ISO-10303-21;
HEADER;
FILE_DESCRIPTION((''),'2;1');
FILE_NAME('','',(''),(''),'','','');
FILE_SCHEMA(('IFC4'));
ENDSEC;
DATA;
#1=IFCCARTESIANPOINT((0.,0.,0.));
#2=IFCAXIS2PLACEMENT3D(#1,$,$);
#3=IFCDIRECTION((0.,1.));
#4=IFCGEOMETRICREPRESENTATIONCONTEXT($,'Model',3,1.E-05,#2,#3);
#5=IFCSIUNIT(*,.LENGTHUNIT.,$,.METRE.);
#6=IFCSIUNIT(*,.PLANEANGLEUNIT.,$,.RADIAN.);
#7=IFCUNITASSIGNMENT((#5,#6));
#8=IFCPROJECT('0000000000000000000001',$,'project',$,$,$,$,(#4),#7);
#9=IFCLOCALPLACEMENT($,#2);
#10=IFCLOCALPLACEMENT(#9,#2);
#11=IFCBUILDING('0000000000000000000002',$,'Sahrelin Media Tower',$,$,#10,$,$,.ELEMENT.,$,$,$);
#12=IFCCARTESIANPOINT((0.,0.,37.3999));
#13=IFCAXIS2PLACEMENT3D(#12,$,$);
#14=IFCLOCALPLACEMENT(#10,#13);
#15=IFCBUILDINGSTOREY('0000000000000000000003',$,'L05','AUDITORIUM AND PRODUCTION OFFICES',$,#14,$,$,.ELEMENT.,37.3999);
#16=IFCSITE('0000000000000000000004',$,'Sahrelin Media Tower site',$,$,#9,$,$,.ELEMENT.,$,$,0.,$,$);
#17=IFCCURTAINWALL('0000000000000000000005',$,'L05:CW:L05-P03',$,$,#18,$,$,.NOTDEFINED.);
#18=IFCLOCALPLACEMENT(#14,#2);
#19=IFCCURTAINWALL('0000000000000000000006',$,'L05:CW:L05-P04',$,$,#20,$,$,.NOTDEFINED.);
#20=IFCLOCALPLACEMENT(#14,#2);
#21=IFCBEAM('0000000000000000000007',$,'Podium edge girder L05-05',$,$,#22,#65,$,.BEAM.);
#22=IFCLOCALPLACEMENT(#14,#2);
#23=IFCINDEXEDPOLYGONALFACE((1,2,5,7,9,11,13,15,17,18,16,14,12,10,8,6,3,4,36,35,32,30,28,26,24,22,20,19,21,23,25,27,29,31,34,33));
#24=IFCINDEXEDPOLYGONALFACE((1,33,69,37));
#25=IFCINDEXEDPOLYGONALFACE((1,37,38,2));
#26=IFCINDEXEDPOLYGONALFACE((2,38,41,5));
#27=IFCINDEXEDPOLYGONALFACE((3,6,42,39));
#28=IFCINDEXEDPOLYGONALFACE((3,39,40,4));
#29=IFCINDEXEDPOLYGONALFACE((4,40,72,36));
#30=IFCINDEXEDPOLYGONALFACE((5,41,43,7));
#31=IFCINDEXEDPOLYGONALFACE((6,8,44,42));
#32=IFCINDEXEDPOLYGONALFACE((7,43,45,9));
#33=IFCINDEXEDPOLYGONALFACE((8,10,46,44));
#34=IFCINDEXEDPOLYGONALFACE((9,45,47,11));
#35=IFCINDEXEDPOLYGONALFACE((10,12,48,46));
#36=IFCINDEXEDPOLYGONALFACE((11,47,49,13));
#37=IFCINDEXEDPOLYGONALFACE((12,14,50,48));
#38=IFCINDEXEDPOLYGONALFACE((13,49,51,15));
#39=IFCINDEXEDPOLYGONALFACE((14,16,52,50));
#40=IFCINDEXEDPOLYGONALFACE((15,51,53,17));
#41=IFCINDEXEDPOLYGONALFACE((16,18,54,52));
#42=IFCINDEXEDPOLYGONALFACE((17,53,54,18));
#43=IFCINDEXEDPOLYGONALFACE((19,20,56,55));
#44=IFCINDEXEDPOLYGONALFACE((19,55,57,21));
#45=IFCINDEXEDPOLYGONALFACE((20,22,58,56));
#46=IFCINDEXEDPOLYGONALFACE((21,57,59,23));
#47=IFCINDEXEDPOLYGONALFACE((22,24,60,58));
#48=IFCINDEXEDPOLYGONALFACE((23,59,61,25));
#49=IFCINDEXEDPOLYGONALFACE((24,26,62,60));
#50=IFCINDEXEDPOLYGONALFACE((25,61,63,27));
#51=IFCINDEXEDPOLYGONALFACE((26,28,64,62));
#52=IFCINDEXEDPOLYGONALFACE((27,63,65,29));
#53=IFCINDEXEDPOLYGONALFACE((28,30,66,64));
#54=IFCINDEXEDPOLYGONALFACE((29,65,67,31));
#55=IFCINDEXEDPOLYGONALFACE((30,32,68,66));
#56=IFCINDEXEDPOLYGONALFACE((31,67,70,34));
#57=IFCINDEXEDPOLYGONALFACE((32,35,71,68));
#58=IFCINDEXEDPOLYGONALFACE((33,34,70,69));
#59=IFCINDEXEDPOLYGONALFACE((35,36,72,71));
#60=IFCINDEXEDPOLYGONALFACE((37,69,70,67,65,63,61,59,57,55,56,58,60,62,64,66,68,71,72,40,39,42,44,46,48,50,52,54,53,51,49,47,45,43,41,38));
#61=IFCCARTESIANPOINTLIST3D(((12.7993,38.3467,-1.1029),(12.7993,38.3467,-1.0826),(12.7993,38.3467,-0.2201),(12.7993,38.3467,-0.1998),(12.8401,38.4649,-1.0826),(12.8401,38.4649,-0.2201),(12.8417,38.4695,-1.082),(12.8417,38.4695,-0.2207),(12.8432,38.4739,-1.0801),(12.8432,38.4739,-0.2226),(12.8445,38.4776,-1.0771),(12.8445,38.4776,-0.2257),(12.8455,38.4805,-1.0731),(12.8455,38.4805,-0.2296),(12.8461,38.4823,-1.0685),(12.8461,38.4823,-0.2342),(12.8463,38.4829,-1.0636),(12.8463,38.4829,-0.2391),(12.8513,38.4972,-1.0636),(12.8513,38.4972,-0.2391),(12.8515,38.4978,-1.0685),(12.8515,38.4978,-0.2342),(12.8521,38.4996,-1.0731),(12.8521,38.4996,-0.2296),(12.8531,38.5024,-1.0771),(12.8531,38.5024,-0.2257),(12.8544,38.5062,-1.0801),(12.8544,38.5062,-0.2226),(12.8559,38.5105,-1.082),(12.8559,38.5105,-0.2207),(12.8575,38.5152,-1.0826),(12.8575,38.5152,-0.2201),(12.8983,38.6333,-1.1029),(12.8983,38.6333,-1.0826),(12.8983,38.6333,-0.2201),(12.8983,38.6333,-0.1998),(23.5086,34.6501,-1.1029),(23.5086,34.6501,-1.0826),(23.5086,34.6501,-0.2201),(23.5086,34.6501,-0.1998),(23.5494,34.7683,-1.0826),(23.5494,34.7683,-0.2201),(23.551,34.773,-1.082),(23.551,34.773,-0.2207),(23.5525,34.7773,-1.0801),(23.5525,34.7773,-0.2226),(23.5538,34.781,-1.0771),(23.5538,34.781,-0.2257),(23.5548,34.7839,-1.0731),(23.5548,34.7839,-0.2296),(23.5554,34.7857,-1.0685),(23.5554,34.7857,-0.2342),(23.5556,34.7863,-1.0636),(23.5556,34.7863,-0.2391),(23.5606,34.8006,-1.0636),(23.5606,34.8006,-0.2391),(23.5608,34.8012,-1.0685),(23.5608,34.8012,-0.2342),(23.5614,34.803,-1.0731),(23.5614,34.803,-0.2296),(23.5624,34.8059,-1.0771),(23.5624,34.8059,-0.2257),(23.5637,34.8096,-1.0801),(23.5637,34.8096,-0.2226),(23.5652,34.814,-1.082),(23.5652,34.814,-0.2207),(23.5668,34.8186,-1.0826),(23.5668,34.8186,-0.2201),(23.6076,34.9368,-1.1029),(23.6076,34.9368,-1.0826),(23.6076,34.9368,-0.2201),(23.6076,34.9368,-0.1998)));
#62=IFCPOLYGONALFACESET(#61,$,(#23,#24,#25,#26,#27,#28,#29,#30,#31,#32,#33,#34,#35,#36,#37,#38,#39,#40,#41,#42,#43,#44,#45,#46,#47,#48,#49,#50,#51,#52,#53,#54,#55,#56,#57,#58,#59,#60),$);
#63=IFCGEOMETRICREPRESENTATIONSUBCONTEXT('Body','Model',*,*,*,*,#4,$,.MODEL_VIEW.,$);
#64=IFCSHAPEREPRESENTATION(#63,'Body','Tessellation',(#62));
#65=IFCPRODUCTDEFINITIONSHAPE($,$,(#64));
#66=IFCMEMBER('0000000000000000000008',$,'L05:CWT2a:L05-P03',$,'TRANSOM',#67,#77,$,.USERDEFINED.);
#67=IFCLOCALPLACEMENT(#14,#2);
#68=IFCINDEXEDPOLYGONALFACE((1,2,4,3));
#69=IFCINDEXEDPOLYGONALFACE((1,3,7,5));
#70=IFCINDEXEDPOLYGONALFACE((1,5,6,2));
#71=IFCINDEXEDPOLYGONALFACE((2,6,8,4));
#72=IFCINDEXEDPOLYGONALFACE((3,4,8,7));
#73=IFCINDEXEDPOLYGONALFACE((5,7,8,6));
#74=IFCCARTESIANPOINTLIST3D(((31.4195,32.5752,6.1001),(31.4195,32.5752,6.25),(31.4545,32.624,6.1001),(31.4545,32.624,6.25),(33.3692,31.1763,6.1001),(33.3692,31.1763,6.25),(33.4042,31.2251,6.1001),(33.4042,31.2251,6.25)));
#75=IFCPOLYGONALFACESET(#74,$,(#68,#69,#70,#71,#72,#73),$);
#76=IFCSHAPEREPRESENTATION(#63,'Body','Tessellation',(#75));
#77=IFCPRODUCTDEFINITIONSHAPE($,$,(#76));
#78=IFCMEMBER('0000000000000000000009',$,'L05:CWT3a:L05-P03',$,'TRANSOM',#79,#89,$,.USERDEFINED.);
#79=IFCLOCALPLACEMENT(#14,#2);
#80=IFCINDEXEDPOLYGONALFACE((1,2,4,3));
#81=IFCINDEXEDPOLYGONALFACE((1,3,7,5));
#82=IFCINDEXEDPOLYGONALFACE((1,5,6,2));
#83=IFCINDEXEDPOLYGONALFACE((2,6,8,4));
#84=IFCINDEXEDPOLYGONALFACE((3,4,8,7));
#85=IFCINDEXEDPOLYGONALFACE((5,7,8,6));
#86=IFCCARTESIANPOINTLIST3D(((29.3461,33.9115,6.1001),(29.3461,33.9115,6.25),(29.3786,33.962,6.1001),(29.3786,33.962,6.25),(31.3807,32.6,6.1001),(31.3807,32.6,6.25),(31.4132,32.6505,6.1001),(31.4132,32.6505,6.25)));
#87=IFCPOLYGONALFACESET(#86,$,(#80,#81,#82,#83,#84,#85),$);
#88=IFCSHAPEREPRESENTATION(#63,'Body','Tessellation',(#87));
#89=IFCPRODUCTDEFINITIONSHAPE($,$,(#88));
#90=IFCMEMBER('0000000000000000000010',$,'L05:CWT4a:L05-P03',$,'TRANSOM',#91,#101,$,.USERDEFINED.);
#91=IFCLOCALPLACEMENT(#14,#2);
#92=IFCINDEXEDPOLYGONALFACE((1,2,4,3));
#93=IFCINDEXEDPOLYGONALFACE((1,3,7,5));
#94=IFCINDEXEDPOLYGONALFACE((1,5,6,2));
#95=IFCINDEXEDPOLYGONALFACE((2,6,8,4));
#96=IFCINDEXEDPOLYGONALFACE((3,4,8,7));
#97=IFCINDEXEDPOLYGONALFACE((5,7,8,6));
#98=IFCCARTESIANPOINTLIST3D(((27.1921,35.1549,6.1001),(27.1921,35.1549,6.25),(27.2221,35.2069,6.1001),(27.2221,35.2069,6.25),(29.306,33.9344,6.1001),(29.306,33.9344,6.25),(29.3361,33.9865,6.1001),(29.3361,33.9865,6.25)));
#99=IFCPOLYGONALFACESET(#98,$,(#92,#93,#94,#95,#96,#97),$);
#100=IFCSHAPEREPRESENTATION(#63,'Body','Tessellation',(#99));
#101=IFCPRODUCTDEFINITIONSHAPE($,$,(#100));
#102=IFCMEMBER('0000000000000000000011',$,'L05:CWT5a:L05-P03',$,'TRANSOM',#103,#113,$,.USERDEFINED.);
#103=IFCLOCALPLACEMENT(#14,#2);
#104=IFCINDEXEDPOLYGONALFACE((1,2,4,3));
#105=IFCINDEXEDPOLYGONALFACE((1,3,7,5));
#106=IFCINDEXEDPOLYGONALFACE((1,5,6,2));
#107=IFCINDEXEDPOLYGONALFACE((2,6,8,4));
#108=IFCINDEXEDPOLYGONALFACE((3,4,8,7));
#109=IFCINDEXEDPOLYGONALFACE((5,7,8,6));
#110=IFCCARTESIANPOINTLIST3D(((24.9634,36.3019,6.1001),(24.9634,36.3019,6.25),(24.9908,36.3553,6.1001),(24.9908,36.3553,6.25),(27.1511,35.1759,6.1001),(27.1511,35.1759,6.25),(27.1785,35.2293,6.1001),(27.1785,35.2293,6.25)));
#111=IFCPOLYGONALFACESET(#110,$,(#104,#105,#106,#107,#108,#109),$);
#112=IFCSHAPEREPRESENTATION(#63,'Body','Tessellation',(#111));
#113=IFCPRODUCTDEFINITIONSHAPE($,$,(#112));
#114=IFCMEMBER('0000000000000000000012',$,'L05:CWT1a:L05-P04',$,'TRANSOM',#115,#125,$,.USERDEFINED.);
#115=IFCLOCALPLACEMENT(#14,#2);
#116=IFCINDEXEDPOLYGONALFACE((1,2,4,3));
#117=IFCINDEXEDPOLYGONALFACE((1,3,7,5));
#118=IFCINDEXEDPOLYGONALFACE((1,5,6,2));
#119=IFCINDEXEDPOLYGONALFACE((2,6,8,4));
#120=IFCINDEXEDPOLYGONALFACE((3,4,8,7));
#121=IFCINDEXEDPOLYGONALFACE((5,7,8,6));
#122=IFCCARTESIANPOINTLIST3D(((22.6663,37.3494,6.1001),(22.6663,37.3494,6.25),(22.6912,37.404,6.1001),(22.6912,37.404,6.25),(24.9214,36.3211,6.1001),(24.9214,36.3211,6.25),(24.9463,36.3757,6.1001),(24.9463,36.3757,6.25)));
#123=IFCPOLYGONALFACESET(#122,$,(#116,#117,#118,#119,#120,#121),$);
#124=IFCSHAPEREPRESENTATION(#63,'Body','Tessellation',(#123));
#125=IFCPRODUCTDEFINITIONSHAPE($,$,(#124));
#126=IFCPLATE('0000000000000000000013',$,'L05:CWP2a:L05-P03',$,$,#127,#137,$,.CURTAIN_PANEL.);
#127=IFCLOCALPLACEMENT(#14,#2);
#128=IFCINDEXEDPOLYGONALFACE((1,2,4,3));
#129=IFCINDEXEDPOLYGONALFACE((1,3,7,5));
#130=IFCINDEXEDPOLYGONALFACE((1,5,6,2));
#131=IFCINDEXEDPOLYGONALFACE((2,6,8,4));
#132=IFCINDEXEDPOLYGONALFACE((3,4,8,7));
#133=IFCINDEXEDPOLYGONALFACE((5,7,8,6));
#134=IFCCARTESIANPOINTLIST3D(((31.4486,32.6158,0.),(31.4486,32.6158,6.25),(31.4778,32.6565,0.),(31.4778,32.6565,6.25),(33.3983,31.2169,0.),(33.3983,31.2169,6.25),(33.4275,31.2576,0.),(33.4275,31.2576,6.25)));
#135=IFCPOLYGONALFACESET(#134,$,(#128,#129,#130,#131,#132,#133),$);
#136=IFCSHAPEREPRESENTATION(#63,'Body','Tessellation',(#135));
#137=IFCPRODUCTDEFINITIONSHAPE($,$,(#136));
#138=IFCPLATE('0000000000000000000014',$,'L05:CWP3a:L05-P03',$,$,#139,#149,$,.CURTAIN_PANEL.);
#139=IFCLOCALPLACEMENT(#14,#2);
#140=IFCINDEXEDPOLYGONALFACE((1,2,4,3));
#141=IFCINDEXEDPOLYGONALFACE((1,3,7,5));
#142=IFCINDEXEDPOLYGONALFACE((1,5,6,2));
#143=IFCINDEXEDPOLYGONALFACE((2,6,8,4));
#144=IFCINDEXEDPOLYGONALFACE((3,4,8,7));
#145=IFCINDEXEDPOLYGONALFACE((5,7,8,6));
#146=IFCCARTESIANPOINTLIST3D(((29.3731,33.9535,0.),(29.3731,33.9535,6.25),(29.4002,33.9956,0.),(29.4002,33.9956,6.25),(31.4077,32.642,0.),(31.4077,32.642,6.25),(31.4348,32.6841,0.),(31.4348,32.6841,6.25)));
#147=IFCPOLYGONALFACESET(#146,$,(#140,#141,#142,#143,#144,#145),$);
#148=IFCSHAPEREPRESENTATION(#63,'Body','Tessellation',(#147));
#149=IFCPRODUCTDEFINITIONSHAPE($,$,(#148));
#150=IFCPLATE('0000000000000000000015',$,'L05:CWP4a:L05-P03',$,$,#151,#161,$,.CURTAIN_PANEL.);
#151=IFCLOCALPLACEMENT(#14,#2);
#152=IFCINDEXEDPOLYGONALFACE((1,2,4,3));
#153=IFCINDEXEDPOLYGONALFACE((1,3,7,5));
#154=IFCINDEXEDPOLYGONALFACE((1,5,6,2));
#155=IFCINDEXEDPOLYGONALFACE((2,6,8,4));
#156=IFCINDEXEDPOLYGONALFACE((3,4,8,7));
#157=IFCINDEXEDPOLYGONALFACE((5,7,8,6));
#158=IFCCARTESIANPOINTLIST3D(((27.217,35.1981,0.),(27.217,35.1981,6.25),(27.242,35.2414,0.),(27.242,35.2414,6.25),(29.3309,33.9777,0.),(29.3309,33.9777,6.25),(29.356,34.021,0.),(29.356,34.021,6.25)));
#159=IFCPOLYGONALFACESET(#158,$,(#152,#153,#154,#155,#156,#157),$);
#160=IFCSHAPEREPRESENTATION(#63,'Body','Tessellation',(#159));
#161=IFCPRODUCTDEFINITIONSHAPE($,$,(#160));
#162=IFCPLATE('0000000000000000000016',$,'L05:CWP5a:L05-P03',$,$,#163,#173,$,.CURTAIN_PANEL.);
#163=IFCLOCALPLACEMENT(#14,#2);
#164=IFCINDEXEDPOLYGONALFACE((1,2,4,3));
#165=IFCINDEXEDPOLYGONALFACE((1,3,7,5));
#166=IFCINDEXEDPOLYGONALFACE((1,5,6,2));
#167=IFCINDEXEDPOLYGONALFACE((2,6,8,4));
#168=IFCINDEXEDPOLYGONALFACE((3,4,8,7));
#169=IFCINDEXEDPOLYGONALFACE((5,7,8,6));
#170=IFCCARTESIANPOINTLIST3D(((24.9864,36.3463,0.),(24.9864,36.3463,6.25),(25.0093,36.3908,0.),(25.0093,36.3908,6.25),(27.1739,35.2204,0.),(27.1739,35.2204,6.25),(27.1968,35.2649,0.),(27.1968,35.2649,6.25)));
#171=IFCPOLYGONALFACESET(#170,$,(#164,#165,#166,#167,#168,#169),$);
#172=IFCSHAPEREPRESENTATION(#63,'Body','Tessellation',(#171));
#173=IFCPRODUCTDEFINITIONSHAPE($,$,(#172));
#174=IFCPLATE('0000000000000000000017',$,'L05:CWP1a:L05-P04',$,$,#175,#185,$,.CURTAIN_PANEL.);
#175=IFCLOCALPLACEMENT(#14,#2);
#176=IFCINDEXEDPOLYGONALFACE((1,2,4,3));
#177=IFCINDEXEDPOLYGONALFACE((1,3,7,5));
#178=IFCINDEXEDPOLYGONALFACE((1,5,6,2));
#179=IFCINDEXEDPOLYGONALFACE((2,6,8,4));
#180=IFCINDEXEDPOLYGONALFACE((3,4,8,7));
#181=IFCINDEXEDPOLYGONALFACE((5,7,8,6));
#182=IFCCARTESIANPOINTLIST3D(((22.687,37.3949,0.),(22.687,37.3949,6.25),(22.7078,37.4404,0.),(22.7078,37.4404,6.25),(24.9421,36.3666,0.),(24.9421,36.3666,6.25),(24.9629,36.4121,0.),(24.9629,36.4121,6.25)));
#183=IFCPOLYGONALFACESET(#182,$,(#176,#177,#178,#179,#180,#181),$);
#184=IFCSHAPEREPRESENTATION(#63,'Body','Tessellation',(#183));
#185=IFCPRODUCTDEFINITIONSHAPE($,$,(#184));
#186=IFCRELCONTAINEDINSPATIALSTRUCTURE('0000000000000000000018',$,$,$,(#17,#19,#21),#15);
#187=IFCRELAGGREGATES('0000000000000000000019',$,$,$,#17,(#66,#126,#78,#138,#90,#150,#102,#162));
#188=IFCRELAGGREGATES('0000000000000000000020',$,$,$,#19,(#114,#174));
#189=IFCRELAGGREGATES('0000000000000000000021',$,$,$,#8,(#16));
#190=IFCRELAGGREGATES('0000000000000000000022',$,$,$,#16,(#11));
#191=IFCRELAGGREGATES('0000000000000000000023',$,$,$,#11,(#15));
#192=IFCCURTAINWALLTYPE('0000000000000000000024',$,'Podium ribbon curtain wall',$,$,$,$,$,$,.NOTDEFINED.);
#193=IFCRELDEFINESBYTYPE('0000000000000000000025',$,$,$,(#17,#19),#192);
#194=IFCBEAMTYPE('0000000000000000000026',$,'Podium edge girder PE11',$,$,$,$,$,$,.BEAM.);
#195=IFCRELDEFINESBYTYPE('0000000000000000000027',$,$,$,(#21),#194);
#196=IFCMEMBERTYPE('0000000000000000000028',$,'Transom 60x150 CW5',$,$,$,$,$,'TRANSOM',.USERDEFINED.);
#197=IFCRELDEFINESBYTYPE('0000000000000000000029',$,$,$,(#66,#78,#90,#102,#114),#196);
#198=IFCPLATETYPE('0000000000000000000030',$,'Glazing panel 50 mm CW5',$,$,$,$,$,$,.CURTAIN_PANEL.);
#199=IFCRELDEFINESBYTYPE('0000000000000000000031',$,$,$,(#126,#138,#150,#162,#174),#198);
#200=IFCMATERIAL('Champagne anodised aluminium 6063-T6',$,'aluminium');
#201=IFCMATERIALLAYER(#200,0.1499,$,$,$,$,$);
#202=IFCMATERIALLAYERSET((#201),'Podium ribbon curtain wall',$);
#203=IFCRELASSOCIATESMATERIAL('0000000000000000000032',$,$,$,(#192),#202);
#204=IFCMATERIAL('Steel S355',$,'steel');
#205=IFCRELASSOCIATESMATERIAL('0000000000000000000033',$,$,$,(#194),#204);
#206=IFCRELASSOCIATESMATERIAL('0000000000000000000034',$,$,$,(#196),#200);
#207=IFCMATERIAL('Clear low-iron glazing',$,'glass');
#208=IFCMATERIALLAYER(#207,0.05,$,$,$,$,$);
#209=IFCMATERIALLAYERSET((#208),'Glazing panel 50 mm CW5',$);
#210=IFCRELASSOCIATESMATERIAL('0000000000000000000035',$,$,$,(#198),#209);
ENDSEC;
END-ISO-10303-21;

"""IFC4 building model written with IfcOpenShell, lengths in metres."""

from ifc_helpers import new_model, si_unit, direction, frame, origin, origin_2d, place, context, subcontext, project, spatial, polyline, rectangle, i_section, outline, extrude, material, layer, layer_set, material_profile, profile_set, type_object, element, aggregate, save


model = new_model("IFC4")

# Units and contexts
model_context = context("Model", 3, precision=1e-05, world=origin(), true_north=direction((0.0, 1.0)))
body_context = subcontext(model_context, "Body", "Model", "MODEL_VIEW")
ifc_project = project(units=[si_unit("LENGTHUNIT", "METRE"), si_unit("PLANEANGLEUNIT", "RADIAN")], contexts=[model_context])

# Site, building, storey
site_placement = place(None, origin())
site = spatial("IfcSite", under=ifc_project, at=site_placement, Name="Sahrelin Media Tower site", CompositionType="ELEMENT", RefElevation=0.0)
building_placement = place(site_placement, origin())
building = spatial("IfcBuilding", under=site, at=building_placement, Name="Sahrelin Media Tower", CompositionType="ELEMENT")
storey_placement = place(building_placement, frame((0.0, 0.0, 37.3999)))
storey = spatial("IfcBuildingStorey", under=building, at=storey_placement, Name="L05", Description="AUDITORIUM AND PRODUCTION OFFICES", CompositionType="ELEMENT", Elevation=37.3999)

# Curtain walls
ifc_material_1 = material(Name="Champagne anodised aluminium 6063-T6", Category="aluminium")
ifc_layer_1 = layer(ifc_material_1, 0.1499)
ifc_layer_set_1 = layer_set([ifc_layer_1], Name="Podium ribbon curtain wall")
curtain_wall_type = type_object("IfcCurtainWallType", Name="Podium ribbon curtain wall", PredefinedType="NOTDEFINED", material=ifc_layer_set_1)
curtain_wall_1_placement = place(storey_placement, frame((35.3552, 29.6985, 0.0), z_axis=(0.0, 0.0, 1.0), x_axis=(1.0, 0.0, 0.0)))
curtain_wall_1 = element("IfcCurtainWall", 1, at=curtain_wall_1_placement, inside=storey, type_object=curtain_wall_type, Name="L05:CW:L05-P03", PredefinedType="NOTDEFINED")
curtain_wall_2_placement = place(storey_placement, frame((25.0, 36.373, 0.0), z_axis=(0.0, 0.0, 1.0), x_axis=(1.0, 0.0, 0.0)))
curtain_wall_2 = element("IfcCurtainWall", 2, at=curtain_wall_2_placement, inside=storey, type_object=curtain_wall_type, Name="L05:CW:L05-P04", PredefinedType="NOTDEFINED")

# Beam
ifc_material_2 = material(Name="Steel S355", Category="steel")
ifc_material_profile_1 = material_profile(ifc_material_2, i_section(OverallWidth=0.3032, OverallDepth=0.9031, WebThickness=0.0151, FlangeThickness=0.0203, FilletRadius=0.019, at=origin_2d()), Name="UB 914x305x201")
ifc_profile_set_1 = profile_set([ifc_material_profile_1], Name="Steel S355")
beam_type = type_object("IfcBeamType", Name="Podium edge girder PE11", PredefinedType="BEAM", material=ifc_profile_set_1)
beam_1_placement = place(storey_placement, frame((23.5581, 34.7935, -0.6514), z_axis=(-0.945272, 0.326282, 0.0), x_axis=(-0.326282, -0.945272, 0.0)))
element("IfcBeam", 3, at=beam_1_placement, inside=storey, type_object=beam_type, Name="Podium edge girder L05-05", PredefinedType="BEAM", context=body_context, shape_type="SweptSolid", body=[
    extrude(i_section(OverallWidth=0.3032, OverallDepth=0.9031, WebThickness=0.0151, FlangeThickness=0.0203, FilletRadius=0.019, at=origin_2d()), origin(), (0.0, 0.0, 1.0), 11.3293),
])

# Members
ifc_material_profile_2 = material_profile(ifc_material_1, rectangle(XDim=0.0601, YDim=0.1499, at=origin_2d()), Name="Transom 60x150")
ifc_profile_set_2 = profile_set([ifc_material_profile_2], Name="Champagne anodised aluminium 6063-T6")
member_type_1 = type_object("IfcMemberType", Name="Transom 60x150 CW5", ElementType="TRANSOM", PredefinedType="USERDEFINED", material=ifc_profile_set_2)
member_1_placement = place(storey_placement, frame((33.3867, 31.2007, 6.175), z_axis=(-0.812494, 0.582969, 0.0), x_axis=(-0.582969, -0.812494, 0.0)))
member_1 = element("IfcMember", 4, at=member_1_placement, type_object=member_type_1, Name="L05:CWT2a:L05-P03", ObjectType="TRANSOM", PredefinedType="USERDEFINED", context=body_context, shape_type="SweptSolid", body=[
    extrude(rectangle(XDim=0.0601, YDim=0.1499, at=origin_2d()), origin(), (0.0, 0.0, 1.0), 2.3997),
])
member_2_placement = place(storey_placement, frame((31.397, 32.6252, 6.175), z_axis=(-0.840516, 0.541787, 0.0), x_axis=(-0.541787, -0.840516, 0.0)))
member_2 = element("IfcMember", 5, at=member_2_placement, type_object=member_type_1, Name="L05:CWT3a:L05-P03", ObjectType="TRANSOM", PredefinedType="USERDEFINED", context=body_context, shape_type="SweptSolid", body=[
    extrude(rectangle(XDim=0.0601, YDim=0.1499, at=origin_2d()), origin(), (0.0, 0.0, 1.0), 2.4207),
])
member_3_placement = place(storey_placement, frame((29.321, 33.9604, 6.175), z_axis=(-0.866037, 0.499979, 0.0), x_axis=(-0.499979, -0.866037, 0.0)))
member_3 = element("IfcMember", 6, at=member_3_placement, type_object=member_type_1, Name="L05:CWT4a:L05-P03", ObjectType="TRANSOM", PredefinedType="USERDEFINED", context=body_context, shape_type="SweptSolid", body=[
    extrude(rectangle(XDim=0.0601, YDim=0.1499, at=origin_2d()), origin(), (0.0, 0.0, 1.0), 2.4409),
])
member_4_placement = place(storey_placement, frame((27.1648, 35.2026, 6.175), z_axis=(-0.889147, 0.457622, 0.0), x_axis=(-0.457622, -0.889147, 0.0)))
member_4 = element("IfcMember", 7, at=member_4_placement, type_object=member_type_1, Name="L05:CWT5a:L05-P03", ObjectType="TRANSOM", PredefinedType="USERDEFINED", context=body_context, shape_type="SweptSolid", body=[
    extrude(rectangle(XDim=0.0601, YDim=0.1499, at=origin_2d()), origin(), (0.0, 0.0, 1.0), 2.4604),
])
member_5_placement = place(storey_placement, frame((24.9338, 36.3484, 6.175), z_axis=(-0.90987, 0.414894, 0.0), x_axis=(-0.414894, -0.90987, 0.0)))
member_5 = element("IfcMember", 8, at=member_5_placement, type_object=member_type_1, Name="L05:CWT1a:L05-P04", ObjectType="TRANSOM", PredefinedType="USERDEFINED", context=body_context, shape_type="SweptSolid", body=[
    extrude(rectangle(XDim=0.0601, YDim=0.1499, at=origin_2d()), origin(), (0.0, 0.0, 1.0), 2.4785),
])

# Plates
ifc_material_3 = material(Name="Clear low-iron glazing", Category="glass")
ifc_layer_2 = layer(ifc_material_3, 0.05)
ifc_layer_set_2 = layer_set([ifc_layer_2], Name="Glazing panel 50 mm CW5")
plate_type = type_object("IfcPlateType", Name="Glazing panel 50 mm CW5", PredefinedType="CURTAIN_PANEL", material=ifc_layer_set_2)
plate_1_placement = place(storey_placement, frame((33.4275, 31.2576, 0.0), z_axis=(0.582969, 0.812494, 0.0), x_axis=(-0.812494, 0.582969, 0.0)))
plate_1 = element("IfcPlate", 9, at=plate_1_placement, type_object=plate_type, Name="L05:CWP2a:L05-P03", PredefinedType="CURTAIN_PANEL", context=body_context, shape_type="SweptSolid", body=[
    extrude(outline(polyline([(0.0, 0.0), (2.3997, 0.0), (2.3997, 6.25), (0.0, 6.25), (0.0, 0.0)])), origin(), (0.0, 0.0, -1.0), 0.05),
])
plate_2_placement = place(storey_placement, frame((31.4348, 32.6841, 0.0), z_axis=(0.541787, 0.840516, 0.0), x_axis=(-0.840516, 0.541787, 0.0)))
plate_2 = element("IfcPlate", 10, at=plate_2_placement, type_object=plate_type, Name="L05:CWP3a:L05-P03", PredefinedType="CURTAIN_PANEL", context=body_context, shape_type="SweptSolid", body=[
    extrude(outline(polyline([(0.0, 0.0), (2.4207, 0.0), (2.4207, 6.25), (0.0, 6.25), (0.0, 0.0)])), origin(), (0.0, 0.0, -1.0), 0.05),
])
plate_3_placement = place(storey_placement, frame((29.356, 34.021, 0.0), z_axis=(0.499979, 0.866037, 0.0), x_axis=(-0.866037, 0.499979, 0.0)))
plate_3 = element("IfcPlate", 11, at=plate_3_placement, type_object=plate_type, Name="L05:CWP4a:L05-P03", PredefinedType="CURTAIN_PANEL", context=body_context, shape_type="SweptSolid", body=[
    extrude(outline(polyline([(0.0, 0.0), (2.4409, 0.0), (2.4409, 6.25), (0.0, 6.25), (0.0, 0.0)])), origin(), (0.0, 0.0, -1.0), 0.05),
])
plate_4_placement = place(storey_placement, frame((27.1968, 35.2649, 0.0), z_axis=(0.457662, 0.889126, 0.0), x_axis=(-0.889126, 0.457662, 0.0)))
plate_4 = element("IfcPlate", 12, at=plate_4_placement, type_object=plate_type, Name="L05:CWP5a:L05-P03", PredefinedType="CURTAIN_PANEL", context=body_context, shape_type="SweptSolid", body=[
    extrude(outline(polyline([(0.0, 0.0), (2.4602, 0.0), (2.4602, 6.25), (0.0, 6.25), (0.0, 0.0)])), origin(), (0.0, 0.0, -1.0), 0.05),
])
aggregate(curtain_wall_1, [member_1, plate_1, member_2, plate_2, member_3, plate_3, member_4, plate_4])
plate_5_placement = place(storey_placement, frame((24.9629, 36.4121, 0.0), z_axis=(0.414894, 0.90987, 0.0), x_axis=(-0.90987, 0.414894, 0.0)))
plate_5 = element("IfcPlate", 13, at=plate_5_placement, type_object=plate_type, Name="L05:CWP1a:L05-P04", PredefinedType="CURTAIN_PANEL", context=body_context, shape_type="SweptSolid", body=[
    extrude(outline(polyline([(0.0, 0.0), (2.4785, 0.0), (2.4785, 6.25), (0.0, 6.25), (0.0, 0.0)])), origin(), (0.0, 0.0, -1.0), 0.05),
])
aggregate(curtain_wall_2, [member_5, plate_5])

save(model, "model.ifc")
